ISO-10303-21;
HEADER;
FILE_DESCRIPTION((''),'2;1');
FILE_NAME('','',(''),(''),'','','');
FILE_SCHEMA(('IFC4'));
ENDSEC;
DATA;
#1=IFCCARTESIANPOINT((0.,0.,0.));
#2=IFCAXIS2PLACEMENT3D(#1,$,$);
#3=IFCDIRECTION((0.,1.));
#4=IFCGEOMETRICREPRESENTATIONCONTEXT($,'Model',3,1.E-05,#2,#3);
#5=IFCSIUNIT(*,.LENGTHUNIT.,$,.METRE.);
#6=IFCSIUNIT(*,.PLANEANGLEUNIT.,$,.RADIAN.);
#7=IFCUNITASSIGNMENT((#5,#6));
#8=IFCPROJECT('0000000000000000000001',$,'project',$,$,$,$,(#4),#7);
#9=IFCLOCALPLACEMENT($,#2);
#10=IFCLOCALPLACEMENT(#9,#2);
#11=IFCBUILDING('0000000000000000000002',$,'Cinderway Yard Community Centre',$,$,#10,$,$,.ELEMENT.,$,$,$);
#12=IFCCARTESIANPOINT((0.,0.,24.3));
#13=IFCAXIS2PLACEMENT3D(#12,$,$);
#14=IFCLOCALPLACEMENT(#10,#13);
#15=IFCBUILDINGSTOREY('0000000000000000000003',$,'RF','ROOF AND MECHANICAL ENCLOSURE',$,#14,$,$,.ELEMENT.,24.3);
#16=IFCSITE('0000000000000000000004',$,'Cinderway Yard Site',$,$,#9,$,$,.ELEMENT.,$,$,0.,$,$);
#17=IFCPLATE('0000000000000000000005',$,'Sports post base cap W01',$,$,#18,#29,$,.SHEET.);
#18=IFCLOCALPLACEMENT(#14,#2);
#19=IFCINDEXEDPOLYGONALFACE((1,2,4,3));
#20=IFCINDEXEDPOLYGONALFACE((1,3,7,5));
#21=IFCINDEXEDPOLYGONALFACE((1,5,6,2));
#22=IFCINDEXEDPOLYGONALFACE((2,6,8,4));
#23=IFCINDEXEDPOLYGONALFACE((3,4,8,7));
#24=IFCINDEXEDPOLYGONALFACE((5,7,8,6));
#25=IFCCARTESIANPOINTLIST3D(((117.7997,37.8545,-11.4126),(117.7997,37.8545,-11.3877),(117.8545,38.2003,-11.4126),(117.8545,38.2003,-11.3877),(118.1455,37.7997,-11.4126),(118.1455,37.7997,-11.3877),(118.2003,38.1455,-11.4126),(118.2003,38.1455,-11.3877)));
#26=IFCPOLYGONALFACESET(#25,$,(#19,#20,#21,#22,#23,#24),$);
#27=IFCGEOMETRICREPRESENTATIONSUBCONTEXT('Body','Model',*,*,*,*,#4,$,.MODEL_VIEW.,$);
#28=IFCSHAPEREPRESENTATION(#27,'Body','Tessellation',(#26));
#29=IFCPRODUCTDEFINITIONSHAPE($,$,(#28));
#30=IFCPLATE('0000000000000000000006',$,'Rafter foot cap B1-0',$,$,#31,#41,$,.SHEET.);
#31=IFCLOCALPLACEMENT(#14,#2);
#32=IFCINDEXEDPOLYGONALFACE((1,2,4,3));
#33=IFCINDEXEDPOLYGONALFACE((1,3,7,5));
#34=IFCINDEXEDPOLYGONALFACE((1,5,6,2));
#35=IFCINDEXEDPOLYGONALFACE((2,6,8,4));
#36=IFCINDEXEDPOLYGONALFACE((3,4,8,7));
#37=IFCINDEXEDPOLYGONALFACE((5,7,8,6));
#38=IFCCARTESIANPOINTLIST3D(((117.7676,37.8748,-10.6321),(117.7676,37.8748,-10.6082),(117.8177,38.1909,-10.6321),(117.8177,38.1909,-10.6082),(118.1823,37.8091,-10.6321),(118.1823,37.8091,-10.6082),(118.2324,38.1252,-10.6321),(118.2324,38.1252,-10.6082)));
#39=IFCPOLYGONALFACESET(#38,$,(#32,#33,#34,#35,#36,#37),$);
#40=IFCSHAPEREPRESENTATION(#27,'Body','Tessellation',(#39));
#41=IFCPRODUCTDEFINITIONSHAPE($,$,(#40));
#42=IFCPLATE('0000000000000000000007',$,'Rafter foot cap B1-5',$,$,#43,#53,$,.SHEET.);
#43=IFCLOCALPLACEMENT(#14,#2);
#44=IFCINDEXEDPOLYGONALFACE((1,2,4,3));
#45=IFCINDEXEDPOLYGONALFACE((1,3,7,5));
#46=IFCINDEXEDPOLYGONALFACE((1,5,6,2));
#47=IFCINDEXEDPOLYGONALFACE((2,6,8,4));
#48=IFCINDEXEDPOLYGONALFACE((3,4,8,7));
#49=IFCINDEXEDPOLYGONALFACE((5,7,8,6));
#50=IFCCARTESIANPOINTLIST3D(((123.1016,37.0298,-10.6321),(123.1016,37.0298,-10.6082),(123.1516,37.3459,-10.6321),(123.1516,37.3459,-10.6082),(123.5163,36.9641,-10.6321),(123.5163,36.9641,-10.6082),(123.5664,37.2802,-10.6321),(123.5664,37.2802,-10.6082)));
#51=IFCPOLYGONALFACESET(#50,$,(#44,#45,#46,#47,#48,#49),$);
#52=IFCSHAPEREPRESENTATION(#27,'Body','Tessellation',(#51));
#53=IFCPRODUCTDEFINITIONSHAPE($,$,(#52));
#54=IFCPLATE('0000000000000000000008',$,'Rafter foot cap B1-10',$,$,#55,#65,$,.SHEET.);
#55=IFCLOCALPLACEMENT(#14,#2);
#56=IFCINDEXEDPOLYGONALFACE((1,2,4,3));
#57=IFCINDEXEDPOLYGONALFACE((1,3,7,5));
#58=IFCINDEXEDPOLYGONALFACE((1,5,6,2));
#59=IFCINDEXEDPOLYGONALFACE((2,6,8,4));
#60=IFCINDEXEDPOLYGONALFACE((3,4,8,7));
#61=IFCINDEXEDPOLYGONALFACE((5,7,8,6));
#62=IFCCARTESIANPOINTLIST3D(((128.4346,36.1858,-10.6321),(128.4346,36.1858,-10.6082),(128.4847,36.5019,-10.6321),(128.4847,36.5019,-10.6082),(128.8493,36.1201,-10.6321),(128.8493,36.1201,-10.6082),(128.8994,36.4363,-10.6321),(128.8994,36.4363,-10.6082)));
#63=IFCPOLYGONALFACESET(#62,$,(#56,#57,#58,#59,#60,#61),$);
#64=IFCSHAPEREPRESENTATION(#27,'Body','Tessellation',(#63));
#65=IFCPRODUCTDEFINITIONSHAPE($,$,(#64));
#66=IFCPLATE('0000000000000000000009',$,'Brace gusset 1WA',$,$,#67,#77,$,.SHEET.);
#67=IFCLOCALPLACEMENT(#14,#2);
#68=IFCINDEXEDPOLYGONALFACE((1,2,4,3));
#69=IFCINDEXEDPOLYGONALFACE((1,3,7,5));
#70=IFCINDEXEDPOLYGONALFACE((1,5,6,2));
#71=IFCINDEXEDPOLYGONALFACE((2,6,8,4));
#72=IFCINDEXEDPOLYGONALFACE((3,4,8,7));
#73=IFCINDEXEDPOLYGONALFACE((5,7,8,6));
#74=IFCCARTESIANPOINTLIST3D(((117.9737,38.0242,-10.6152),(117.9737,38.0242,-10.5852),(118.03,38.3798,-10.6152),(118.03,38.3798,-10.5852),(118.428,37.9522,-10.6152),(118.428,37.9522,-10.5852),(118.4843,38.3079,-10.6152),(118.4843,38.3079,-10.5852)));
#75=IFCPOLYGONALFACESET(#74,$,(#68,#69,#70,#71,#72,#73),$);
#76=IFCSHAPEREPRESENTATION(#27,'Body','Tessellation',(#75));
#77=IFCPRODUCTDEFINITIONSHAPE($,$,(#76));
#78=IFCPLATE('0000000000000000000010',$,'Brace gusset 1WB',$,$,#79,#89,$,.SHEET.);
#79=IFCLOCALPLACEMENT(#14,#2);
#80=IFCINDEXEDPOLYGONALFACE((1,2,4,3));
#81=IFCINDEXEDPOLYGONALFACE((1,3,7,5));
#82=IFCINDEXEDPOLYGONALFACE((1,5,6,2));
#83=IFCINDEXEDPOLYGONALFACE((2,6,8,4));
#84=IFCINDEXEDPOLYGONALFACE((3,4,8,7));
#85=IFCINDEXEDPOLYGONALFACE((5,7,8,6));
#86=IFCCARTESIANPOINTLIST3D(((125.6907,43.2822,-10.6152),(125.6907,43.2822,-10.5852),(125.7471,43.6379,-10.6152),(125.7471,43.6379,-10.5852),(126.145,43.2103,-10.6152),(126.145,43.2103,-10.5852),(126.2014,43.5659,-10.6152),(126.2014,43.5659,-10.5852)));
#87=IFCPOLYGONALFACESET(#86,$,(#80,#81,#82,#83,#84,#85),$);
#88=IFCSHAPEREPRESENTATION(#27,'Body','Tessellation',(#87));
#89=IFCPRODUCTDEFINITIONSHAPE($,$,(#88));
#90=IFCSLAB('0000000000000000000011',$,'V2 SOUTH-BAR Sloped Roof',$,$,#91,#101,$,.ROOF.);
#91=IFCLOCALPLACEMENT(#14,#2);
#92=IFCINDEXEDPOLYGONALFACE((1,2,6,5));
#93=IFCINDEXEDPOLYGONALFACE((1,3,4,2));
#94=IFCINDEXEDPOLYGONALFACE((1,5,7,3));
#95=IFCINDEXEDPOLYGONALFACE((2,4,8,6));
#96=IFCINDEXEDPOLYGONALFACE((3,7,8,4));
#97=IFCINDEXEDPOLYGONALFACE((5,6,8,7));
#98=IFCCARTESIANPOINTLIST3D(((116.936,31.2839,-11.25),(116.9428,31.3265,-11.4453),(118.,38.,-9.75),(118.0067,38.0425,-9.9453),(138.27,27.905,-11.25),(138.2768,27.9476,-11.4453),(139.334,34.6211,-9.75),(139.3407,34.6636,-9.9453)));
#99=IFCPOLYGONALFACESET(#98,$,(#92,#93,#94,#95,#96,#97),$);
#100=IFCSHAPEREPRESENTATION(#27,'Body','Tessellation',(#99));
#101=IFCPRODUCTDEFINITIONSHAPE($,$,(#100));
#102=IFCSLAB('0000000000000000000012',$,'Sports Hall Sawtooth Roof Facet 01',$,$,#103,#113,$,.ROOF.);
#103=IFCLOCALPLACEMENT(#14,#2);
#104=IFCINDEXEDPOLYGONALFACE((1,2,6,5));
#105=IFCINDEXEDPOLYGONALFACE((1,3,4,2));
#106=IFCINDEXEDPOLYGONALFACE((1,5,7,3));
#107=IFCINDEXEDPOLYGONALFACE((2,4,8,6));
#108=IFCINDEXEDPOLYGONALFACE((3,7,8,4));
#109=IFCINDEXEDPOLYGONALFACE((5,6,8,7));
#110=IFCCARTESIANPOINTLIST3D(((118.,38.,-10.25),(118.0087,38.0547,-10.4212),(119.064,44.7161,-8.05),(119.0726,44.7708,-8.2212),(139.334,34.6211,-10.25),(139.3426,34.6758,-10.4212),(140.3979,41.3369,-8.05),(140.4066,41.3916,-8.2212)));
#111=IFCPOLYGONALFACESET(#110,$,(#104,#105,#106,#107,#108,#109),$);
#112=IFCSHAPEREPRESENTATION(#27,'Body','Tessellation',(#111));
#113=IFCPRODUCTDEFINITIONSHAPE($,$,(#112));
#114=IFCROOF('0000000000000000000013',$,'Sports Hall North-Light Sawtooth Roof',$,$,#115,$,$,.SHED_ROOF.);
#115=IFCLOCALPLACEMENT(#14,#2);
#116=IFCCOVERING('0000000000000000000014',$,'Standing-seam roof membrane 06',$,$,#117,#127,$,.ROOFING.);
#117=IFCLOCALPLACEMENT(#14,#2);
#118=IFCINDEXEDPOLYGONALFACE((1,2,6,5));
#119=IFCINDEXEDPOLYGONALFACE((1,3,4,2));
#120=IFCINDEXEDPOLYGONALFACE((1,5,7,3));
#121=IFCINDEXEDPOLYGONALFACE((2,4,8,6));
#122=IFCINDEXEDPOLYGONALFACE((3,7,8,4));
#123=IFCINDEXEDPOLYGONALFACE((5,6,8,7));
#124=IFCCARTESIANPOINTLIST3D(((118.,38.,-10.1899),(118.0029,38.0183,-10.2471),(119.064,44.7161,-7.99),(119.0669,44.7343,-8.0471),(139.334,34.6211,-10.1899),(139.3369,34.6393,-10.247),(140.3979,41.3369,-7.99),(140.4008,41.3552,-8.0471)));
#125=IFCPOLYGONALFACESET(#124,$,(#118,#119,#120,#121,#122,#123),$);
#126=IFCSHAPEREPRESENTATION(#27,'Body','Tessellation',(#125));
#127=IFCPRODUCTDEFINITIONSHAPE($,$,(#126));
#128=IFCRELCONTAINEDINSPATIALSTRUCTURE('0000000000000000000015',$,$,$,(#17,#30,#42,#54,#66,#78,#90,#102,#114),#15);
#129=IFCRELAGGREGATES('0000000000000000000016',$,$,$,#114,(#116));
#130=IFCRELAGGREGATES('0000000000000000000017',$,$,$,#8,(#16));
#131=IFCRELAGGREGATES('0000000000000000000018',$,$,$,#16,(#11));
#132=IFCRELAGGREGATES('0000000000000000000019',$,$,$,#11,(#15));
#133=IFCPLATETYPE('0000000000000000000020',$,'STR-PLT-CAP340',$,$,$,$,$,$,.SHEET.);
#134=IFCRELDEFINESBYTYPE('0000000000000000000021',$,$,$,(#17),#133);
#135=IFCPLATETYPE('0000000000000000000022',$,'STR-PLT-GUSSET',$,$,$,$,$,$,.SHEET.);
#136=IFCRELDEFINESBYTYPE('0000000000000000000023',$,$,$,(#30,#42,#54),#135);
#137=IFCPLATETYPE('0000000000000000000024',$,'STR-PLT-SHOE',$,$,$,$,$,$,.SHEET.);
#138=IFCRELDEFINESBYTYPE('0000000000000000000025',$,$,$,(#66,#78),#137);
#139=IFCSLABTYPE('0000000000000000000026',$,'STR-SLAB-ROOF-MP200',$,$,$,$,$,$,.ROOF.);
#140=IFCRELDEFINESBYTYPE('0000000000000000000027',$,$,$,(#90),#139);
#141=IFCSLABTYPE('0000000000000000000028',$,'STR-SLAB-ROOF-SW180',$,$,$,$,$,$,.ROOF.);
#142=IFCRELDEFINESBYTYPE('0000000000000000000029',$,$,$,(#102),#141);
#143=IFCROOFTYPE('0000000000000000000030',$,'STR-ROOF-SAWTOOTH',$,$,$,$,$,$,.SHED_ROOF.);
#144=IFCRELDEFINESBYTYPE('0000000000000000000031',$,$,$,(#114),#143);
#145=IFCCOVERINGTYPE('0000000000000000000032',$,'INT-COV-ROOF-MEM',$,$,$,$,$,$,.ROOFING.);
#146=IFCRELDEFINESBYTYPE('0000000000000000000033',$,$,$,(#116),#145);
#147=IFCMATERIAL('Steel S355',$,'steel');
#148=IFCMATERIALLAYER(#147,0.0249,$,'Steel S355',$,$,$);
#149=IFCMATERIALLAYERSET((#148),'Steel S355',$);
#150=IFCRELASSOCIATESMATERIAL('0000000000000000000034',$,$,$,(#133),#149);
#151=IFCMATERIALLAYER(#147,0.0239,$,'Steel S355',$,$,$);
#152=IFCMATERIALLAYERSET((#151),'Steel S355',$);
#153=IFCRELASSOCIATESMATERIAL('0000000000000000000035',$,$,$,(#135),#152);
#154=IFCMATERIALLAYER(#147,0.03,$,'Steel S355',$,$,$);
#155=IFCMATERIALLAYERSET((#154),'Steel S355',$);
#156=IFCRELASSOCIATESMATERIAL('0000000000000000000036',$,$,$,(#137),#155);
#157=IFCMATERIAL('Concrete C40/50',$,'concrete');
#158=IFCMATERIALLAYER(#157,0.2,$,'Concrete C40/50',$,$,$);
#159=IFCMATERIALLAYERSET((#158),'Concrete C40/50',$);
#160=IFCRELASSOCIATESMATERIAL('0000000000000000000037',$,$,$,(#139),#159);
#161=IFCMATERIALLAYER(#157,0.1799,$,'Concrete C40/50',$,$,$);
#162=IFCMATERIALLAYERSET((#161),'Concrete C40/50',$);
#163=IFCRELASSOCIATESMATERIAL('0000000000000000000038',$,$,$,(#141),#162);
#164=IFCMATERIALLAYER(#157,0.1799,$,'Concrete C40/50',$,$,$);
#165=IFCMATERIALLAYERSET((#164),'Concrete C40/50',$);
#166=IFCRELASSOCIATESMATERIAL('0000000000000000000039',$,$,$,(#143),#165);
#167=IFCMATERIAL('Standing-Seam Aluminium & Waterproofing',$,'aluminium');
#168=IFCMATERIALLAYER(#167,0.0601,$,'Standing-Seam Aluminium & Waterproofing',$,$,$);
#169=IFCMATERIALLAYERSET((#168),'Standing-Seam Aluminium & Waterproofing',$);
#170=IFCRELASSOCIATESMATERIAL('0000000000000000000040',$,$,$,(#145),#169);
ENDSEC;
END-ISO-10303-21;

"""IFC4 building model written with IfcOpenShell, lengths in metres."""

from ifc_helpers import new_model, si_unit, direction, frame, origin, origin_2d, place, context, subcontext, project, spatial, polyline, rectangle, outline, extrude, material, layer, layer_set, type_object, element, aggregate, save


model = new_model("IFC4")

# Units and contexts
model_context = context("Model", 3, precision=1e-05, world=origin(), true_north=direction((0.0, 1.0)))
body_context = subcontext(model_context, "Body", "Model", "MODEL_VIEW")
ifc_project = project(units=[si_unit("LENGTHUNIT", "METRE"), si_unit("PLANEANGLEUNIT", "RADIAN")], contexts=[model_context])

# Site, building, storey
site_placement = place(None, origin())
site = spatial("IfcSite", under=ifc_project, at=site_placement, Name="Cinderway Yard Site", CompositionType="ELEMENT", RefElevation=0.0)
building_placement = place(site_placement, origin())
building = spatial("IfcBuilding", under=site, at=building_placement, Name="Cinderway Yard Community Centre", CompositionType="ELEMENT")
storey_placement = place(building_placement, frame((0.0, 0.0, 24.3)))
storey = spatial("IfcBuildingStorey", under=building, at=storey_placement, Name="RF", Description="ROOF AND MECHANICAL ENCLOSURE", CompositionType="ELEMENT", Elevation=24.3)

# Shared definitions
ifc_material_1 = material(Name="Steel S355", Category="steel")

# Plates
ifc_layer_1 = layer(ifc_material_1, 0.0249, Name="Steel S355")
ifc_layer_set_1 = layer_set([ifc_layer_1], Name="Steel S355")
plate_type_1 = type_object("IfcPlateType", Name="STR-PLT-CAP340", PredefinedType="SHEET", material=ifc_layer_set_1)
plate_1_placement = place(storey_placement, frame((118.0, 38.0, -11.4126), z_axis=(0.0, 0.0, 1.0), x_axis=(0.987688, -0.156434, 0.0)))
element("IfcPlate", 1, at=plate_1_placement, inside=storey, type_object=plate_type_1, Name="Sports post base cap W01", PredefinedType="SHEET", context=body_context, shape_type="SweptSolid", body=[
    extrude(rectangle(XDim=0.3501, YDim=0.3501, at=origin_2d()), origin(), (0.0, 0.0, 1.0), 0.0249),
])
ifc_layer_2 = layer(ifc_material_1, 0.0239, Name="Steel S355")
ifc_layer_set_2 = layer_set([ifc_layer_2], Name="Steel S355")
plate_type_2 = type_object("IfcPlateType", Name="STR-PLT-GUSSET", PredefinedType="SHEET", material=ifc_layer_set_2)
for number, where, z_axis, x_axis, name in (
    (2, (118.0, 38.0, -10.6321), (0.0, 0.0, 1.0), (0.987688, -0.156434, 0.0), "Rafter foot cap B1-0"),
    (3, (123.334, 37.155, -10.6321), (0.0, 0.0, 1.0), (0.987688, -0.156434, 0.0), "Rafter foot cap B1-5"),
    (4, (128.667, 36.311, -10.6321), (0.0, 0.0, 1.0), (0.987688, -0.156434, 0.0), "Rafter foot cap B1-10"),
):
    element("IfcPlate", number, at=place(storey_placement, frame(where, z_axis=z_axis, x_axis=x_axis)), inside=storey, type_object=plate_type_2, Name=name, PredefinedType="SHEET", context=body_context, shape_type="SweptSolid", body=[
        extrude(rectangle(XDim=0.4199, YDim=0.3201, at=origin_2d()), origin(), (0.0, 0.0, 1.0), 0.0239),
    ])
ifc_layer_3 = layer(ifc_material_1, 0.03, Name="Steel S355")
ifc_layer_set_3 = layer_set([ifc_layer_3], Name="Steel S355")
plate_type_3 = type_object("IfcPlateType", Name="STR-PLT-SHOE", PredefinedType="SHEET", material=ifc_layer_set_3)
for number, where, z_axis, x_axis, name in (
    (5, (118.229, 38.166, -10.6152), (0.0, 0.0, 1.0), (0.987688, -0.156434, 0.0), "Brace gusset 1WA"),
    (6, (125.946, 43.4241, -10.6152), (0.0, 0.0, 1.0), (0.987688, -0.156434, 0.0), "Brace gusset 1WB"),
):
    element("IfcPlate", number, at=place(storey_placement, frame(where, z_axis=z_axis, x_axis=x_axis)), inside=storey, type_object=plate_type_3, Name=name, PredefinedType="SHEET", context=body_context, shape_type="SweptSolid", body=[
        extrude(rectangle(XDim=0.46, YDim=0.3601, at=origin_2d()), origin(), (0.0, 0.0, 1.0), 0.03),
    ])

# Slabs
ifc_material_2 = material(Name="Concrete C40/50", Category="concrete")
ifc_layer_4 = layer(ifc_material_2, 0.2, Name="Concrete C40/50")
ifc_layer_set_4 = layer_set([ifc_layer_4], Name="Concrete C40/50")
slab_type_1 = type_object("IfcSlabType", Name="STR-SLAB-ROOF-MP200", PredefinedType="ROOF", material=ifc_layer_set_4)
slab_1_placement = place(storey_placement, frame((116.936, 31.2839, -11.25), z_axis=(-0.033698, -0.212763, 0.976523), x_axis=(0.987689, -0.156432, 0.0)))
element("IfcSlab", 7, at=slab_1_placement, inside=storey, type_object=slab_type_1, Name="V2 SOUTH-BAR Sloped Roof", PredefinedType="ROOF", context=body_context, shape_type="SweptSolid", body=[
    extrude(outline(polyline([(0.0, 0.0), (21.5999, 0.0), (21.6002, 6.9633), (0.0003, 6.9633), (0.0, 0.0)])), origin(), (0.0, 0.0, -1.0), 0.2),
])
ifc_layer_5 = layer(ifc_material_2, 0.1799, Name="Concrete C40/50")
ifc_layer_set_5 = layer_set([ifc_layer_5], Name="Concrete C40/50")
slab_type_2 = type_object("IfcSlabType", Name="STR-SLAB-ROOF-SW180", PredefinedType="ROOF", material=ifc_layer_set_5)
slab_2_placement = place(storey_placement, frame((118.0, 38.0, -10.25), z_axis=(-0.048155, -0.304036, 0.951443), x_axis=(0.987689, -0.156432, 0.000002)))
element("IfcSlab", 8, at=slab_2_placement, inside=storey, type_object=slab_type_2, Name="Sports Hall Sawtooth Roof Facet 01", PredefinedType="ROOF", context=body_context, shape_type="SweptSolid", body=[
    extrude(outline(polyline([(0.0, 0.0), (21.5999, 0.0), (21.6002, 7.1466), (0.0003, 7.1468), (0.0, 0.0)])), origin(), (0.0, 0.0, -1.0), 0.1799),
])

# Roof, covering
ifc_layer_6 = layer(ifc_material_2, 0.1799, Name="Concrete C40/50")
ifc_layer_set_6 = layer_set([ifc_layer_6], Name="Concrete C40/50")
roof_type = type_object("IfcRoofType", Name="STR-ROOF-SAWTOOTH", PredefinedType="SHED_ROOF", material=ifc_layer_set_6)
roof_placement = place(storey_placement, origin())
roof = element("IfcRoof", 9, at=roof_placement, inside=storey, type_object=roof_type, Name="Sports Hall North-Light Sawtooth Roof", PredefinedType="SHED_ROOF")
ifc_material_3 = material(Name="Standing-Seam Aluminium & Waterproofing", Category="aluminium")
ifc_layer_7 = layer(ifc_material_3, 0.0601, Name="Standing-Seam Aluminium & Waterproofing")
ifc_layer_set_7 = layer_set([ifc_layer_7], Name="Standing-Seam Aluminium & Waterproofing")
covering_type = type_object("IfcCoveringType", Name="INT-COV-ROOF-MEM", PredefinedType="ROOFING", material=ifc_layer_set_7)
covering_placement = place(storey_placement, frame((118.0, 38.0, -10.1899), z_axis=(-0.048155, -0.304036, 0.951443), x_axis=(0.987689, -0.156432, 0.000002)))
covering = element("IfcCovering", 10, at=covering_placement, type_object=covering_type, Name="Standing-seam roof membrane 06", PredefinedType="ROOFING", context=body_context, shape_type="SweptSolid", body=[
    extrude(outline(polyline([(0.0, 0.0), (21.5999, 0.0), (21.6002, 7.1466), (0.0003, 7.1468), (0.0, 0.0)])), origin(), (0.0, 0.0, -1.0), 0.0601),
])
aggregate(roof, [covering])

save(model, "model.ifc")
